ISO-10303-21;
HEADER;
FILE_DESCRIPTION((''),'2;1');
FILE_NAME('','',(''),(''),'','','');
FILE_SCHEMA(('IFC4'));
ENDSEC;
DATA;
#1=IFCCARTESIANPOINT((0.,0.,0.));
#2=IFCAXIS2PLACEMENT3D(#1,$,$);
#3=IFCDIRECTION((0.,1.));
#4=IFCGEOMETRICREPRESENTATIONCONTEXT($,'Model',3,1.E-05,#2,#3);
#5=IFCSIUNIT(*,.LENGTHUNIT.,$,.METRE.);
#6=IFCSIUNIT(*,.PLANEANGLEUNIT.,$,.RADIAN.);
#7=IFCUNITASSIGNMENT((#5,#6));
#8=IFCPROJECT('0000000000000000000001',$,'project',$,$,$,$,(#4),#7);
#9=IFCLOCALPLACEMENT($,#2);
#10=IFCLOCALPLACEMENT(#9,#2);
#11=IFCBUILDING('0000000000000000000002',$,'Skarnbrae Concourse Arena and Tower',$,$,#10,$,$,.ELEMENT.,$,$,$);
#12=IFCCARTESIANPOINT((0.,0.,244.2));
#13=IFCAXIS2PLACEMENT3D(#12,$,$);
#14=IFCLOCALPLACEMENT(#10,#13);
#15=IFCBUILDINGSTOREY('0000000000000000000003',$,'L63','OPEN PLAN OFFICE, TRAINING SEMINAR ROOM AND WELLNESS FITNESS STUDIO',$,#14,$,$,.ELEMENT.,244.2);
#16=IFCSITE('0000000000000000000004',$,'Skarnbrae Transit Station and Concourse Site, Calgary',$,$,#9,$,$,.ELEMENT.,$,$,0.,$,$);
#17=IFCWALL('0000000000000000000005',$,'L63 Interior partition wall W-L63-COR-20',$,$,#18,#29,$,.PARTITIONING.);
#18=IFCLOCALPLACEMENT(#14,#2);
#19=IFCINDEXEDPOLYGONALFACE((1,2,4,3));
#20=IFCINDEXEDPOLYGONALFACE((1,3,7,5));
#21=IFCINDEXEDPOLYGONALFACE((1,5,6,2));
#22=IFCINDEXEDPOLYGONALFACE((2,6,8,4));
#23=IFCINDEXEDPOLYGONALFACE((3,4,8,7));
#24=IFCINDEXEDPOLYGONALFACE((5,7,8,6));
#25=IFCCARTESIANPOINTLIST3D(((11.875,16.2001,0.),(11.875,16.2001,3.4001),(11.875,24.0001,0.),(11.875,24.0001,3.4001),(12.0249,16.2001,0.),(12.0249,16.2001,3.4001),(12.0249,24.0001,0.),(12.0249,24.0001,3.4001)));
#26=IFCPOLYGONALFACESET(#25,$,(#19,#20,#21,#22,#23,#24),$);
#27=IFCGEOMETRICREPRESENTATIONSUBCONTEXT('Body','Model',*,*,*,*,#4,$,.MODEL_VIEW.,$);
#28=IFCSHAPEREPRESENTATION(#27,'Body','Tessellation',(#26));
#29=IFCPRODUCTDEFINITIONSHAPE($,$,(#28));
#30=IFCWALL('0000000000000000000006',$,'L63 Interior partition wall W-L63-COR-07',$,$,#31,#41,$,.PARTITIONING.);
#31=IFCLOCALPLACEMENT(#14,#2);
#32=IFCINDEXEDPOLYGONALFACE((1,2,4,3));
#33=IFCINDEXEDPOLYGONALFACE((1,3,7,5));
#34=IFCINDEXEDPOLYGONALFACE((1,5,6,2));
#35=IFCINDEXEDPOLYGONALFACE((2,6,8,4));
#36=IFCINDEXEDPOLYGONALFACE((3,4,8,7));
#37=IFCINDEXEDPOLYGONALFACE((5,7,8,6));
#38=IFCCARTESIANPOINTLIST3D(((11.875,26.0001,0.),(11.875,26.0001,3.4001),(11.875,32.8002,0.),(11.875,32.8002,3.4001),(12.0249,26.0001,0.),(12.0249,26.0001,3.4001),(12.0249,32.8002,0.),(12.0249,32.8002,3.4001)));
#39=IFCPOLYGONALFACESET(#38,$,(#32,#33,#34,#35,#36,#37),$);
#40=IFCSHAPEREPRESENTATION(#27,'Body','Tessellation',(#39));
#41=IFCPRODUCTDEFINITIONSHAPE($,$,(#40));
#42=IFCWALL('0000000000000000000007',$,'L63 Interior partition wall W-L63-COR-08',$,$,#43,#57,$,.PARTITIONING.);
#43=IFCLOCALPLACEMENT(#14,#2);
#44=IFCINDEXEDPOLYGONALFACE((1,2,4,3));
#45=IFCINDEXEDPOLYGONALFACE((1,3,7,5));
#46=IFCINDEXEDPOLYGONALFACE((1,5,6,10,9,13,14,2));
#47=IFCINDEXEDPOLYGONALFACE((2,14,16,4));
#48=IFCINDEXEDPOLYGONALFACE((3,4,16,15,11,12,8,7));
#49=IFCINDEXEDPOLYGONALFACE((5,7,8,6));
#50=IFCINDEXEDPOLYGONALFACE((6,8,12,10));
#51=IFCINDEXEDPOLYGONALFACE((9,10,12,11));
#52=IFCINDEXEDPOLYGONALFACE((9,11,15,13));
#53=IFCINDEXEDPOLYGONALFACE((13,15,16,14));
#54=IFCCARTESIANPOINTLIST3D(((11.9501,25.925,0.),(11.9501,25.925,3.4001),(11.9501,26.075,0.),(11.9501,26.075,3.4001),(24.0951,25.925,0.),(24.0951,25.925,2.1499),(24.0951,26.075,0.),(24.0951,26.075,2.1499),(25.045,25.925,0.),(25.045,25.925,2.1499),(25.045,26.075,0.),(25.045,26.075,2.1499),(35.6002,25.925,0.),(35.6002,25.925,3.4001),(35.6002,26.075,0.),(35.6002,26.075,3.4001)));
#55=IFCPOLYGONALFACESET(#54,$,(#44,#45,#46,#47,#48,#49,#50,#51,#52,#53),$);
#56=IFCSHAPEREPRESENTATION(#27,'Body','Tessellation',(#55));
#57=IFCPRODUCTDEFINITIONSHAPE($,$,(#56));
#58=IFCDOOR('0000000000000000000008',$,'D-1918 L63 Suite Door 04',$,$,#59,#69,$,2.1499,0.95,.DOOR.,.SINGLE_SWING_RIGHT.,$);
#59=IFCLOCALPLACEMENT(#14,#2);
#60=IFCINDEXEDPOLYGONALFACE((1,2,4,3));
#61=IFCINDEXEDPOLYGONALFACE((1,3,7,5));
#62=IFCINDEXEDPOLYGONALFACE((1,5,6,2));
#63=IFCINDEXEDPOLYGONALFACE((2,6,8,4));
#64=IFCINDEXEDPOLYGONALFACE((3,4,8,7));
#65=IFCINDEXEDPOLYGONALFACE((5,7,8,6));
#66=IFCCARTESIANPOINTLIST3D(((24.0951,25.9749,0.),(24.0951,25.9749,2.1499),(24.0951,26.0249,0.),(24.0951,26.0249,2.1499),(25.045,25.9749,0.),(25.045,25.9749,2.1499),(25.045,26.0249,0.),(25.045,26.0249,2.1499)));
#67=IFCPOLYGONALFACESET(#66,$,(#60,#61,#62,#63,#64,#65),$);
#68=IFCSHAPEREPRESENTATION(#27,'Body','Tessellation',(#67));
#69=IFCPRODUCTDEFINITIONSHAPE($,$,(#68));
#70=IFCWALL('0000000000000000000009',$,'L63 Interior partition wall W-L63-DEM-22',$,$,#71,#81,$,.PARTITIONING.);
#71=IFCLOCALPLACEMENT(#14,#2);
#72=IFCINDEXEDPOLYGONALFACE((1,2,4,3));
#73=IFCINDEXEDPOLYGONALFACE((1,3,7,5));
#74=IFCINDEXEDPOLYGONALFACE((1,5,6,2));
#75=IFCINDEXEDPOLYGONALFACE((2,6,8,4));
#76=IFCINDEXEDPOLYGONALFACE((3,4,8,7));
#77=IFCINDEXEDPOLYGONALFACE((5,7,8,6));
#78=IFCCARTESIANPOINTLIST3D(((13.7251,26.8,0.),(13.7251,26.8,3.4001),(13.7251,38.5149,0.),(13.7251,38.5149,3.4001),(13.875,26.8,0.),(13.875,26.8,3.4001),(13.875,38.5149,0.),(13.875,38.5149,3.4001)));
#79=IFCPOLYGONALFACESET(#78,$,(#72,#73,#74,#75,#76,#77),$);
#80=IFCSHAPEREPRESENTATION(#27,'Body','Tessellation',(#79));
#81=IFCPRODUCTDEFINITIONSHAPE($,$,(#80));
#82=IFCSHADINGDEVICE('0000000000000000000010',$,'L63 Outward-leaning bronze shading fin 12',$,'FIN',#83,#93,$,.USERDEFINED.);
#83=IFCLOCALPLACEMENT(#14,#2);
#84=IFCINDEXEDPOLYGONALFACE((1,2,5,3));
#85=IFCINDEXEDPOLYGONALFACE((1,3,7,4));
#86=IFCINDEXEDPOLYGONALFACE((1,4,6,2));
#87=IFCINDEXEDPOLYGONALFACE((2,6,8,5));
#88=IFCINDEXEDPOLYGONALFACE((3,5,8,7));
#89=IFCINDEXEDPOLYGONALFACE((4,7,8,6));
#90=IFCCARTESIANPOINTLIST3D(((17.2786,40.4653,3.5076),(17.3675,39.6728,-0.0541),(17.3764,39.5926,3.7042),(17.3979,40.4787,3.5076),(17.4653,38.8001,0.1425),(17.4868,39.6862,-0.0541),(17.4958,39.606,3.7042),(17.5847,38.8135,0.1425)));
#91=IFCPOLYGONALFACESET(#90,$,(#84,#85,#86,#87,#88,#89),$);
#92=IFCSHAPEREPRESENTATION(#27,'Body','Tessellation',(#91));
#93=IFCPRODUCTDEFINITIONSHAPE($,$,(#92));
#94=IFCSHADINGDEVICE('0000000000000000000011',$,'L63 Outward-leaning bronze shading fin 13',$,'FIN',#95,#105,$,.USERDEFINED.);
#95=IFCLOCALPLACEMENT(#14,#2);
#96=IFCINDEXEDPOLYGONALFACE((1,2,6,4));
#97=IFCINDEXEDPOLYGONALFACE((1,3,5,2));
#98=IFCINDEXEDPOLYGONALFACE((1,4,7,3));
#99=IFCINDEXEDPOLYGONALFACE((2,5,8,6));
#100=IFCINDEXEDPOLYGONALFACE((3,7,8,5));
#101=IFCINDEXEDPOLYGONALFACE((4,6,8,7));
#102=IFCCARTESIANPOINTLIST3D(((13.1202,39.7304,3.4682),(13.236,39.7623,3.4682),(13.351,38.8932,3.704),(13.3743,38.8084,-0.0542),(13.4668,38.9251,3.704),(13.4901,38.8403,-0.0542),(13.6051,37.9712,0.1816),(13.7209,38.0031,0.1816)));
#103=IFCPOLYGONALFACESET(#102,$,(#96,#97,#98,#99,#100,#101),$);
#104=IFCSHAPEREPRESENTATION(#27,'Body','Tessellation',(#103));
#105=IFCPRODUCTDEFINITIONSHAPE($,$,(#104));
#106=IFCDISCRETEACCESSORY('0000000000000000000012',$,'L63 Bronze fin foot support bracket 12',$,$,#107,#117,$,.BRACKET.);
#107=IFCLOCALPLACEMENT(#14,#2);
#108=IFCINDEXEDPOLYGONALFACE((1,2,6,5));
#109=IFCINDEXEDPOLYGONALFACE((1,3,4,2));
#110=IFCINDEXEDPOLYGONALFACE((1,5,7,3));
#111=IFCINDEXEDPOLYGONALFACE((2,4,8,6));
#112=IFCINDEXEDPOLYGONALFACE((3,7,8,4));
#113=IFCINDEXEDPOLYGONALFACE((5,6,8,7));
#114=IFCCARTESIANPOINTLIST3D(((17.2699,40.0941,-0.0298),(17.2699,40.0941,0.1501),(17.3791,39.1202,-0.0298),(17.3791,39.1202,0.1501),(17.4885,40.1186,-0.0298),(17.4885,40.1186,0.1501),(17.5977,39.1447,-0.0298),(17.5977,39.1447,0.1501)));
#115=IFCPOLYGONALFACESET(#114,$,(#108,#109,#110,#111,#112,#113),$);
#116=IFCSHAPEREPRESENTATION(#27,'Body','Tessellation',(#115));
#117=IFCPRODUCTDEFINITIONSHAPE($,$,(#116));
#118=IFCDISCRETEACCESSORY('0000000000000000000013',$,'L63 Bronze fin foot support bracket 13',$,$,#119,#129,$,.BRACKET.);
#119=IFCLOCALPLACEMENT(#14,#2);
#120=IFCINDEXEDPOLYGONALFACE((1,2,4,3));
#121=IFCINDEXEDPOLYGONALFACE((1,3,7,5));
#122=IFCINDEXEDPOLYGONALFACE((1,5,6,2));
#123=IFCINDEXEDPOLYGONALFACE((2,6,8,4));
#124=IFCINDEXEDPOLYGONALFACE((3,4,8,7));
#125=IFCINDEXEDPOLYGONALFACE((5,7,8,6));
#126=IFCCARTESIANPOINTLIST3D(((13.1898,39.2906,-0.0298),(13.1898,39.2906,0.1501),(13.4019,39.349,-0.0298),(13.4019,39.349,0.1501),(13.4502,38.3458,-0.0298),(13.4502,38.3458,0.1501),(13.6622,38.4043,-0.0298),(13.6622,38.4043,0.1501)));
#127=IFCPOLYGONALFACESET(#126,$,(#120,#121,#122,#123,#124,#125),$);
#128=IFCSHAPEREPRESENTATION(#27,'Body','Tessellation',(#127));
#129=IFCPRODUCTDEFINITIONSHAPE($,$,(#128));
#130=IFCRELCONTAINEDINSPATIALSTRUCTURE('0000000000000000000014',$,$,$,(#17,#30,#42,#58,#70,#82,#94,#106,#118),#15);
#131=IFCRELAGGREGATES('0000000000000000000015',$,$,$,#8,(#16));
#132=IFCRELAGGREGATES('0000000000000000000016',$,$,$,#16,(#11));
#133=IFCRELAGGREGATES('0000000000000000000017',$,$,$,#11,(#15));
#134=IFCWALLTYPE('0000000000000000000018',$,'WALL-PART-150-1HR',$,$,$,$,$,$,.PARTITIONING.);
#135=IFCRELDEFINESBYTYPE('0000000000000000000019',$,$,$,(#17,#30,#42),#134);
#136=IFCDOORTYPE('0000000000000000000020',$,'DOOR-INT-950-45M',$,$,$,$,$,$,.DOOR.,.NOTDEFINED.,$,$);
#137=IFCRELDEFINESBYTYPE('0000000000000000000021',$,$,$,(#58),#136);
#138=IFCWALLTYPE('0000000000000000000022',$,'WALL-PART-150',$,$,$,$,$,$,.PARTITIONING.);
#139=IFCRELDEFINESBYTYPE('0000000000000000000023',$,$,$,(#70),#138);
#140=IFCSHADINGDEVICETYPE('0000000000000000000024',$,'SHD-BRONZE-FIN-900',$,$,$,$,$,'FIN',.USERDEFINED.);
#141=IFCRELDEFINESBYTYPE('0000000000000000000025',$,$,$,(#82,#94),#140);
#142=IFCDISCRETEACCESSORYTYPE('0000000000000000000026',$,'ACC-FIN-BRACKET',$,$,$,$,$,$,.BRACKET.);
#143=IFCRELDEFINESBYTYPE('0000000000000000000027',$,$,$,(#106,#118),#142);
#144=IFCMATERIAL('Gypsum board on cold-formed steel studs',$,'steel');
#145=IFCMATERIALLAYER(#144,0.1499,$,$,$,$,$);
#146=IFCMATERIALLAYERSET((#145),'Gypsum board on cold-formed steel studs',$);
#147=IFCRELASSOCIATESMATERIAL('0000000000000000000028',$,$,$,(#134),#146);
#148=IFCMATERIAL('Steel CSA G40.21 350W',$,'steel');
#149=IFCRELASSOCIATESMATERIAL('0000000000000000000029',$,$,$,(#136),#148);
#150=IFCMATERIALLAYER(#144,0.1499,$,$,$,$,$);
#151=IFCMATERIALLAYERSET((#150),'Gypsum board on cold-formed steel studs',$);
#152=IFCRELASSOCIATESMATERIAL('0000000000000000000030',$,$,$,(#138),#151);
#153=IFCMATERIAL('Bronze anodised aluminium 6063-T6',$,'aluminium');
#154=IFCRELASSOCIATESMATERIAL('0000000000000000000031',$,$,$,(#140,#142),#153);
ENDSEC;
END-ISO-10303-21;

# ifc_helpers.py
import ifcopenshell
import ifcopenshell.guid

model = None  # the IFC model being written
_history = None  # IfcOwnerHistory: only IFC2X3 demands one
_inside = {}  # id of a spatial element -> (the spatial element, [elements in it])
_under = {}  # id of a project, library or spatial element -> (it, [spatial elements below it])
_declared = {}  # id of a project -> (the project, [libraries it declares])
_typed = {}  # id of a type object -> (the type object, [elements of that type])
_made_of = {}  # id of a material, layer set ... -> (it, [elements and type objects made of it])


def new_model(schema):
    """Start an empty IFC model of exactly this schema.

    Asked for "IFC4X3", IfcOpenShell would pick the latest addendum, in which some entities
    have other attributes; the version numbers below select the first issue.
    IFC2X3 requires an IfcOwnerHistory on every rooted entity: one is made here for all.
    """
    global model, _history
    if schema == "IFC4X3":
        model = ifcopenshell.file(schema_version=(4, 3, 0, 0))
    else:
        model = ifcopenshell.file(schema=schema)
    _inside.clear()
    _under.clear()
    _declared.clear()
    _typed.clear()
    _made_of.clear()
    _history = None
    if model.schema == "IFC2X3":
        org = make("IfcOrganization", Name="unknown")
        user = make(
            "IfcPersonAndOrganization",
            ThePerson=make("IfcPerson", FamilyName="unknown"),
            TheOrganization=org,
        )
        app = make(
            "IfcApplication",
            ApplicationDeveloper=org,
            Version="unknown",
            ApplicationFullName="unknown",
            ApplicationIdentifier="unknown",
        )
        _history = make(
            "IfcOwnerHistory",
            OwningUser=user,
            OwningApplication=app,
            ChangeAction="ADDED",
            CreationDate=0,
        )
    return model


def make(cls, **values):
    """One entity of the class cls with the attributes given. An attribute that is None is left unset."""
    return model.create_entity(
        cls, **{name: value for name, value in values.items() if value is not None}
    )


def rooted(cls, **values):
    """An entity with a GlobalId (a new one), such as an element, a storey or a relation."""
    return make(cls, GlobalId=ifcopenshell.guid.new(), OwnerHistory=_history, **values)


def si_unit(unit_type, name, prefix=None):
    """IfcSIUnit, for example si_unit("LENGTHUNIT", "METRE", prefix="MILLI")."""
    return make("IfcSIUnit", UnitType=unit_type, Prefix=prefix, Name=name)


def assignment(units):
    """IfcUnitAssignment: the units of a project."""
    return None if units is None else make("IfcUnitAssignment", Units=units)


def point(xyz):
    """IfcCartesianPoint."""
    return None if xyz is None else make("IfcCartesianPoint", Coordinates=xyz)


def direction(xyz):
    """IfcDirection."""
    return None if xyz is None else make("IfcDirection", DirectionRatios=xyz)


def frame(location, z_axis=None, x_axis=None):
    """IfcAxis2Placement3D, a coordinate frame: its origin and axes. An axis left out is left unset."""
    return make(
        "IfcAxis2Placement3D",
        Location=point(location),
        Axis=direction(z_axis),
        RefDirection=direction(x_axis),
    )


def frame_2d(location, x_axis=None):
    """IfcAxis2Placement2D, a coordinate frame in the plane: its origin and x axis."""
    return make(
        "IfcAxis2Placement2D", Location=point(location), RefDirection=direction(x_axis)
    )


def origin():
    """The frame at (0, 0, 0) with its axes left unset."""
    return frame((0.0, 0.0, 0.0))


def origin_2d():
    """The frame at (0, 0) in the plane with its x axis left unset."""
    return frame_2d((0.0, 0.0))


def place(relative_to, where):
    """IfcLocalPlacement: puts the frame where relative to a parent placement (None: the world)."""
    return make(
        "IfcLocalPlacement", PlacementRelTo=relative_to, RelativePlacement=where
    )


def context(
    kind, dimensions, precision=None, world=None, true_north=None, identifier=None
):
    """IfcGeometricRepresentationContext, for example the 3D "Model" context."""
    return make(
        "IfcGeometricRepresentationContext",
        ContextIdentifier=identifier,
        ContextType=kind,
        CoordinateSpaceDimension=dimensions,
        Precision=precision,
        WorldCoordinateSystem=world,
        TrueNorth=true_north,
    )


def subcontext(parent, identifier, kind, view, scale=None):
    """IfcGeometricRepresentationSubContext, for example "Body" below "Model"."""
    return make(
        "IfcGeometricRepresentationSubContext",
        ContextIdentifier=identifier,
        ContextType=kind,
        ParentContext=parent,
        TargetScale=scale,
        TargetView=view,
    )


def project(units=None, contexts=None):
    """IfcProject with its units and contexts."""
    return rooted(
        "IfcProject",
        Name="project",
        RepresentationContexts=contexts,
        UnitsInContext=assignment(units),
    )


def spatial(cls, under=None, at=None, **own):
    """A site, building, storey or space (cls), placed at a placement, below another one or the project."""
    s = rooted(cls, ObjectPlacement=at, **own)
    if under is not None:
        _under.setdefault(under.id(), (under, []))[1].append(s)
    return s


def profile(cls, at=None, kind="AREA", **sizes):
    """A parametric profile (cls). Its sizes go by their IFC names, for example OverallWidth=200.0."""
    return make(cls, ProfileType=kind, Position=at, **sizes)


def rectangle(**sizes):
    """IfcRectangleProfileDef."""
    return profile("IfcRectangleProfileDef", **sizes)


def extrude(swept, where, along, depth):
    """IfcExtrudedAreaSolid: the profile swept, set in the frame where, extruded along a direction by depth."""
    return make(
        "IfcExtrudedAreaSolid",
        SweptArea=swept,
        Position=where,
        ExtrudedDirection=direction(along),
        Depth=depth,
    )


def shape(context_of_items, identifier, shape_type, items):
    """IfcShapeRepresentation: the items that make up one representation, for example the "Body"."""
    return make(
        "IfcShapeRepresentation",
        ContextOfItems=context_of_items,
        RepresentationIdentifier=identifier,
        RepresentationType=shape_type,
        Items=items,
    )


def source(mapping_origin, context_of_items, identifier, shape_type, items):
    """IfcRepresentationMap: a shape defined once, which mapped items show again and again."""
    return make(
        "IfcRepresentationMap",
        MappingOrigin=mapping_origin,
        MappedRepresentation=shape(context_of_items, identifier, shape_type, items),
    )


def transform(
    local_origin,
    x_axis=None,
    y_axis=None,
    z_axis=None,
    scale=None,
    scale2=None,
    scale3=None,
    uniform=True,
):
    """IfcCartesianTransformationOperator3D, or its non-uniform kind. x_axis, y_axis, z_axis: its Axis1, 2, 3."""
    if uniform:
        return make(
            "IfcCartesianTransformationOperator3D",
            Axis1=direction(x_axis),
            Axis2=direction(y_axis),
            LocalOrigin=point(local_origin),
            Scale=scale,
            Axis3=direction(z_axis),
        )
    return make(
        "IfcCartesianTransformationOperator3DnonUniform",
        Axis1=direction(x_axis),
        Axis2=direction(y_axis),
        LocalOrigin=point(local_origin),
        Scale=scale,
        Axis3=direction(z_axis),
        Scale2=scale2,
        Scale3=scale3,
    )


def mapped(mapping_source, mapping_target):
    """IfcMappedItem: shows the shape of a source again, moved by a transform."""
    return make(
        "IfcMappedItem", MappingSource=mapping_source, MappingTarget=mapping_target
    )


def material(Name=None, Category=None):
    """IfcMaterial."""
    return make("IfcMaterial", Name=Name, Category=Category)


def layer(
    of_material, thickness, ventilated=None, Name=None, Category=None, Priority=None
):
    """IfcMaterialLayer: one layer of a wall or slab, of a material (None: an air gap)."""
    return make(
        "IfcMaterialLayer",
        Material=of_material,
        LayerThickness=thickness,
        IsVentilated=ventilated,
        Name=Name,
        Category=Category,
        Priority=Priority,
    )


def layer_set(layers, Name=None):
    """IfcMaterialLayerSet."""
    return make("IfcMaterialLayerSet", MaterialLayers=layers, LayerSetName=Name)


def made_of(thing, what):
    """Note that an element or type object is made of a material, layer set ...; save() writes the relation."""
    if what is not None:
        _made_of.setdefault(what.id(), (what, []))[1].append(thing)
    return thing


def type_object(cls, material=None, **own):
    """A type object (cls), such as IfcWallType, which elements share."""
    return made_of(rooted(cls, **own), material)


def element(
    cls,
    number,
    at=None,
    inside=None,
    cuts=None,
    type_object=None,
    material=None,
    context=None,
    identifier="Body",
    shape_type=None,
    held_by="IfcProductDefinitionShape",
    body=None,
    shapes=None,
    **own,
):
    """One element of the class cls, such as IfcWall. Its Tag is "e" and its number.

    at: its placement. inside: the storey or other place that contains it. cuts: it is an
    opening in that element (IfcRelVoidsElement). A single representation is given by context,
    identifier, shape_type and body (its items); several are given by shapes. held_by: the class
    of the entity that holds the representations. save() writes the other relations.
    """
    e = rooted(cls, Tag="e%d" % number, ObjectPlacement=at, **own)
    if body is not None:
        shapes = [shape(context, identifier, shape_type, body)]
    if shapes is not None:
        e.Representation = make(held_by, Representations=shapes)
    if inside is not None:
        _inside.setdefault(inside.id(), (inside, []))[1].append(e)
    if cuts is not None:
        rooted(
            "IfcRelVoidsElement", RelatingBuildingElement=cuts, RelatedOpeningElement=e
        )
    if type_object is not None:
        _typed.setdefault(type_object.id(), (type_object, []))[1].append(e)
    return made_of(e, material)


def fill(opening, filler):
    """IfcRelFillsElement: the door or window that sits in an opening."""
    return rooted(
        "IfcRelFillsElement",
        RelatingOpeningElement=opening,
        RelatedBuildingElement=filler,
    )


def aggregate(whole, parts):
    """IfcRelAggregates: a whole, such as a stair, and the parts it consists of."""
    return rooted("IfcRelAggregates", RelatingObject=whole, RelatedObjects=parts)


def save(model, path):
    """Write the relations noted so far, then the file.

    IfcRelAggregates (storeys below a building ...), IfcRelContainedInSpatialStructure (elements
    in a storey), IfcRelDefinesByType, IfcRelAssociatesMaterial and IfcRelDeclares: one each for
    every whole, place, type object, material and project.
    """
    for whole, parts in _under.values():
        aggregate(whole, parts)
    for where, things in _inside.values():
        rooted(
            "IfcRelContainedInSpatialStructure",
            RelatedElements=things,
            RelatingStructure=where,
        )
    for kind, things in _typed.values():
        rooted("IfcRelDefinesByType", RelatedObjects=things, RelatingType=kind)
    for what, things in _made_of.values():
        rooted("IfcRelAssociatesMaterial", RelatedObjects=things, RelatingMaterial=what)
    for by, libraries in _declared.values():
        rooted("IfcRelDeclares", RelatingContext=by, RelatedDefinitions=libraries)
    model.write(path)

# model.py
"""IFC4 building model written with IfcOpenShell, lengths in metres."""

from ifc_helpers import new_model, si_unit, direction, frame, frame_2d, origin, origin_2d, place, context, subcontext, project, spatial, rectangle, extrude, source, transform, mapped, material, layer, layer_set, type_object, element, fill, save


model = new_model("IFC4")

# Units and contexts
model_context = context("Model", 3, precision=1e-05, world=origin(), true_north=direction((0.0, 1.0)))
body_context = subcontext(model_context, "Body", "Model", "MODEL_VIEW")
ifc_project = project(units=[si_unit("LENGTHUNIT", "METRE"), si_unit("PLANEANGLEUNIT", "RADIAN")], contexts=[model_context])

# Site, building, storey
site_placement = place(None, origin())
site = spatial("IfcSite", under=ifc_project, at=site_placement, Name="Skarnbrae Transit Station and Concourse Site, Calgary", CompositionType="ELEMENT", RefElevation=0.0)
building_placement = place(site_placement, origin())
building = spatial("IfcBuilding", under=site, at=building_placement, Name="Skarnbrae Concourse Arena and Tower", CompositionType="ELEMENT")
storey_placement = place(building_placement, frame((0.0, 0.0, 244.2)))
storey = spatial("IfcBuildingStorey", under=building, at=storey_placement, Name="L63", Description="OPEN PLAN OFFICE, TRAINING SEMINAR ROOM AND WELLNESS FITNESS STUDIO", CompositionType="ELEMENT", Elevation=244.2)

# Shared definitions
ifc_material_1 = material(Name="Steel CSA G40.21 350W", Category="steel")

# Shared definitions
ifc_material_2 = material(Name="Bronze anodised aluminium 6063-T6", Category="aluminium")

# Walls
ifc_material_3 = material(Name="Gypsum board on cold-formed steel studs", Category="steel")
ifc_layer_1 = layer(ifc_material_3, 0.1499)
ifc_layer_set_1 = layer_set([ifc_layer_1], Name="Gypsum board on cold-formed steel studs")
wall_type_1 = type_object("IfcWallType", Name="WALL-PART-150-1HR", PredefinedType="PARTITIONING", material=ifc_layer_set_1)
shared_shape_1 = source(origin(), body_context, "Body", "SweptSolid", [
    extrude(rectangle(XDim=7.8, YDim=0.1499, at=frame_2d((3.8999, 0.0))), origin(), (0.0, 0.0, 1.0), 3.4001),
])
wall_1_placement = place(storey_placement, frame((11.95, 24.0, 0.0), z_axis=(0.0, 0.0, 1.0), x_axis=(0.0, -1.0, 0.0)))
element("IfcWall", 1, at=wall_1_placement, inside=storey, type_object=wall_type_1, Name="L63 Interior partition wall W-L63-COR-20", PredefinedType="PARTITIONING", context=body_context, shape_type="MappedRepresentation", body=[
    mapped(shared_shape_1, transform((0.0, 0.0, 0.0))),
])
shared_shape_2 = source(origin(), body_context, "Body", "SweptSolid", [
    extrude(rectangle(XDim=6.8, YDim=0.1499, at=frame_2d((3.3999, 0.0))), origin(), (0.0, 0.0, 1.0), 3.4001),
])
wall_2_placement = place(storey_placement, frame((11.95, 32.8, 0.0), z_axis=(0.0, 0.0, 1.0), x_axis=(0.0, -1.0, 0.0)))
element("IfcWall", 2, at=wall_2_placement, inside=storey, type_object=wall_type_1, Name="L63 Interior partition wall W-L63-COR-07", PredefinedType="PARTITIONING", context=body_context, shape_type="MappedRepresentation", body=[
    mapped(shared_shape_2, transform((0.0, 0.0, 0.0))),
])

# Wall, opening, door
shared_shape_3 = source(origin(), body_context, "Body", "SweptSolid", [
    extrude(rectangle(XDim=23.6501, YDim=0.1499, at=frame_2d((11.8252, 0.0))), origin(), (0.0, 0.0, 1.0), 3.4001),
])
wall_3_placement = place(storey_placement, frame((11.95, 26.0, 0.0), z_axis=(0.0, 0.0, 1.0), x_axis=(1.0, 0.0, 0.0)))
wall_3 = element("IfcWall", 3, at=wall_3_placement, inside=storey, type_object=wall_type_1, Name="L63 Interior partition wall W-L63-COR-08", PredefinedType="PARTITIONING", context=body_context, shape_type="MappedRepresentation", body=[
    mapped(shared_shape_3, transform((0.0, 0.0, 0.0))),
])
opening_placement = place(wall_3_placement, frame((12.145, 0.0, 0.0)))
opening = element("IfcOpeningElement", 4, at=opening_placement, cuts=wall_3, PredefinedType="OPENING", context=body_context, shape_type="SweptSolid", body=[
    extrude(rectangle(XDim=0.95, YDim=2.1499, at=frame_2d((0.4751, 1.075))), frame((0.0, 0.085, 0.0), z_axis=(0.0, -1.0, 0.0), x_axis=(1.0, 0.0, 0.0)), (0.0, 0.0, 1.0), 0.1699),
])
door_type = type_object("IfcDoorType", Name="DOOR-INT-950-45M", OperationType="NOTDEFINED", PredefinedType="DOOR", material=ifc_material_1)
shared_shape_4 = source(origin(), body_context, "Body", "SweptSolid", [
    extrude(rectangle(XDim=0.95, YDim=2.1499, at=frame_2d((0.4751, 1.075))), frame((0.0, 0.0249, 0.0), z_axis=(0.0, -1.0, 0.0), x_axis=(1.0, 0.0, 0.0)), (0.0, 0.0, 1.0), 0.05),
])
door_placement = place(opening_placement, origin())
door = element("IfcDoor", 5, at=door_placement, inside=storey, type_object=door_type, Name="D-1918 L63 Suite Door 04", OperationType="SINGLE_SWING_RIGHT", OverallHeight=2.1499, OverallWidth=0.95, PredefinedType="DOOR", context=body_context, shape_type="MappedRepresentation", body=[
    mapped(shared_shape_4, transform((0.0, 0.0, 0.0))),
])
fill(opening, door)

# Wall
ifc_layer_2 = layer(ifc_material_3, 0.1499)
ifc_layer_set_2 = layer_set([ifc_layer_2], Name="Gypsum board on cold-formed steel studs")
wall_type_2 = type_object("IfcWallType", Name="WALL-PART-150", PredefinedType="PARTITIONING", material=ifc_layer_set_2)
shared_shape_5 = source(origin(), body_context, "Body", "SweptSolid", [
    extrude(rectangle(XDim=11.7148, YDim=0.1499, at=frame_2d((5.8574, 0.0))), origin(), (0.0, 0.0, 1.0), 3.4001),
])
wall_4_placement = place(storey_placement, frame((13.8, 38.5149, 0.0), z_axis=(0.0, 0.0, 1.0), x_axis=(0.0, -1.0, 0.0)))
element("IfcWall", 6, at=wall_4_placement, inside=storey, type_object=wall_type_2, Name="L63 Interior partition wall W-L63-DEM-22", PredefinedType="PARTITIONING", context=body_context, shape_type="MappedRepresentation", body=[
    mapped(shared_shape_5, transform((0.0, 0.0, 0.0))),
])

# Shading devices
shading_device_type = type_object("IfcShadingDeviceType", Name="SHD-BRONZE-FIN-900", ElementType="FIN", PredefinedType="USERDEFINED", material=ifc_material_2)
shared_shape_6 = source(origin(), body_context, "Body", "SweptSolid", [
    extrude(rectangle(XDim=0.1201, YDim=0.8999, at=origin_2d()), origin(), (0.0, 0.0, 1.0), 3.6499),
])
for number, where, z_axis, x_axis, name in (
    (7, (17.4761, 39.2432, 0.0442), (-0.02435, 0.217123, 0.975841), (0.99377, 0.111452, 0.0), "L63 Outward-leaning bronze shading fin 12"),
    (8, (13.5476, 38.4058, 0.0637), (-0.069616, 0.252603, 0.965062), (0.964058, 0.265691, 0.0), "L63 Outward-leaning bronze shading fin 13"),
):
    element("IfcShadingDevice", number, at=place(storey_placement, frame(where, z_axis=z_axis, x_axis=x_axis)), inside=storey, type_object=shading_device_type, Name=name, ObjectType="FIN", PredefinedType="USERDEFINED", context=body_context, shape_type="MappedRepresentation", body=[
        mapped(shared_shape_6, transform((0.0, 0.0, 0.0))),
    ])

# Discrete accessories
discrete_accessory_type = type_object("IfcDiscreteAccessoryType", Name="ACC-FIN-BRACKET", PredefinedType="BRACKET", material=ifc_material_2)
shared_shape_7 = source(origin(), body_context, "Body", "SweptSolid", [
    extrude(rectangle(XDim=0.22, YDim=0.98, at=origin_2d()), origin(), (0.0, 0.0, 1.0), 0.1799),
])
for number, where, z_axis, x_axis, name in (
    (9, (17.4338, 39.6194, -0.0298), (0.0, 0.0, 1.0), (0.99377, 0.111452, 0.0), "L63 Bronze fin foot support bracket 12"),
    (10, (13.426, 38.8474, -0.0298), (0.0, 0.0, 1.0), (0.964058, 0.265691, 0.0), "L63 Bronze fin foot support bracket 13"),
):
    element("IfcDiscreteAccessory", number, at=place(storey_placement, frame(where, z_axis=z_axis, x_axis=x_axis)), inside=storey, type_object=discrete_accessory_type, Name=name, PredefinedType="BRACKET", context=body_context, shape_type="MappedRepresentation", body=[
        mapped(shared_shape_7, transform((0.0, 0.0, 0.0))),
    ])

save(model, "model.ifc")
